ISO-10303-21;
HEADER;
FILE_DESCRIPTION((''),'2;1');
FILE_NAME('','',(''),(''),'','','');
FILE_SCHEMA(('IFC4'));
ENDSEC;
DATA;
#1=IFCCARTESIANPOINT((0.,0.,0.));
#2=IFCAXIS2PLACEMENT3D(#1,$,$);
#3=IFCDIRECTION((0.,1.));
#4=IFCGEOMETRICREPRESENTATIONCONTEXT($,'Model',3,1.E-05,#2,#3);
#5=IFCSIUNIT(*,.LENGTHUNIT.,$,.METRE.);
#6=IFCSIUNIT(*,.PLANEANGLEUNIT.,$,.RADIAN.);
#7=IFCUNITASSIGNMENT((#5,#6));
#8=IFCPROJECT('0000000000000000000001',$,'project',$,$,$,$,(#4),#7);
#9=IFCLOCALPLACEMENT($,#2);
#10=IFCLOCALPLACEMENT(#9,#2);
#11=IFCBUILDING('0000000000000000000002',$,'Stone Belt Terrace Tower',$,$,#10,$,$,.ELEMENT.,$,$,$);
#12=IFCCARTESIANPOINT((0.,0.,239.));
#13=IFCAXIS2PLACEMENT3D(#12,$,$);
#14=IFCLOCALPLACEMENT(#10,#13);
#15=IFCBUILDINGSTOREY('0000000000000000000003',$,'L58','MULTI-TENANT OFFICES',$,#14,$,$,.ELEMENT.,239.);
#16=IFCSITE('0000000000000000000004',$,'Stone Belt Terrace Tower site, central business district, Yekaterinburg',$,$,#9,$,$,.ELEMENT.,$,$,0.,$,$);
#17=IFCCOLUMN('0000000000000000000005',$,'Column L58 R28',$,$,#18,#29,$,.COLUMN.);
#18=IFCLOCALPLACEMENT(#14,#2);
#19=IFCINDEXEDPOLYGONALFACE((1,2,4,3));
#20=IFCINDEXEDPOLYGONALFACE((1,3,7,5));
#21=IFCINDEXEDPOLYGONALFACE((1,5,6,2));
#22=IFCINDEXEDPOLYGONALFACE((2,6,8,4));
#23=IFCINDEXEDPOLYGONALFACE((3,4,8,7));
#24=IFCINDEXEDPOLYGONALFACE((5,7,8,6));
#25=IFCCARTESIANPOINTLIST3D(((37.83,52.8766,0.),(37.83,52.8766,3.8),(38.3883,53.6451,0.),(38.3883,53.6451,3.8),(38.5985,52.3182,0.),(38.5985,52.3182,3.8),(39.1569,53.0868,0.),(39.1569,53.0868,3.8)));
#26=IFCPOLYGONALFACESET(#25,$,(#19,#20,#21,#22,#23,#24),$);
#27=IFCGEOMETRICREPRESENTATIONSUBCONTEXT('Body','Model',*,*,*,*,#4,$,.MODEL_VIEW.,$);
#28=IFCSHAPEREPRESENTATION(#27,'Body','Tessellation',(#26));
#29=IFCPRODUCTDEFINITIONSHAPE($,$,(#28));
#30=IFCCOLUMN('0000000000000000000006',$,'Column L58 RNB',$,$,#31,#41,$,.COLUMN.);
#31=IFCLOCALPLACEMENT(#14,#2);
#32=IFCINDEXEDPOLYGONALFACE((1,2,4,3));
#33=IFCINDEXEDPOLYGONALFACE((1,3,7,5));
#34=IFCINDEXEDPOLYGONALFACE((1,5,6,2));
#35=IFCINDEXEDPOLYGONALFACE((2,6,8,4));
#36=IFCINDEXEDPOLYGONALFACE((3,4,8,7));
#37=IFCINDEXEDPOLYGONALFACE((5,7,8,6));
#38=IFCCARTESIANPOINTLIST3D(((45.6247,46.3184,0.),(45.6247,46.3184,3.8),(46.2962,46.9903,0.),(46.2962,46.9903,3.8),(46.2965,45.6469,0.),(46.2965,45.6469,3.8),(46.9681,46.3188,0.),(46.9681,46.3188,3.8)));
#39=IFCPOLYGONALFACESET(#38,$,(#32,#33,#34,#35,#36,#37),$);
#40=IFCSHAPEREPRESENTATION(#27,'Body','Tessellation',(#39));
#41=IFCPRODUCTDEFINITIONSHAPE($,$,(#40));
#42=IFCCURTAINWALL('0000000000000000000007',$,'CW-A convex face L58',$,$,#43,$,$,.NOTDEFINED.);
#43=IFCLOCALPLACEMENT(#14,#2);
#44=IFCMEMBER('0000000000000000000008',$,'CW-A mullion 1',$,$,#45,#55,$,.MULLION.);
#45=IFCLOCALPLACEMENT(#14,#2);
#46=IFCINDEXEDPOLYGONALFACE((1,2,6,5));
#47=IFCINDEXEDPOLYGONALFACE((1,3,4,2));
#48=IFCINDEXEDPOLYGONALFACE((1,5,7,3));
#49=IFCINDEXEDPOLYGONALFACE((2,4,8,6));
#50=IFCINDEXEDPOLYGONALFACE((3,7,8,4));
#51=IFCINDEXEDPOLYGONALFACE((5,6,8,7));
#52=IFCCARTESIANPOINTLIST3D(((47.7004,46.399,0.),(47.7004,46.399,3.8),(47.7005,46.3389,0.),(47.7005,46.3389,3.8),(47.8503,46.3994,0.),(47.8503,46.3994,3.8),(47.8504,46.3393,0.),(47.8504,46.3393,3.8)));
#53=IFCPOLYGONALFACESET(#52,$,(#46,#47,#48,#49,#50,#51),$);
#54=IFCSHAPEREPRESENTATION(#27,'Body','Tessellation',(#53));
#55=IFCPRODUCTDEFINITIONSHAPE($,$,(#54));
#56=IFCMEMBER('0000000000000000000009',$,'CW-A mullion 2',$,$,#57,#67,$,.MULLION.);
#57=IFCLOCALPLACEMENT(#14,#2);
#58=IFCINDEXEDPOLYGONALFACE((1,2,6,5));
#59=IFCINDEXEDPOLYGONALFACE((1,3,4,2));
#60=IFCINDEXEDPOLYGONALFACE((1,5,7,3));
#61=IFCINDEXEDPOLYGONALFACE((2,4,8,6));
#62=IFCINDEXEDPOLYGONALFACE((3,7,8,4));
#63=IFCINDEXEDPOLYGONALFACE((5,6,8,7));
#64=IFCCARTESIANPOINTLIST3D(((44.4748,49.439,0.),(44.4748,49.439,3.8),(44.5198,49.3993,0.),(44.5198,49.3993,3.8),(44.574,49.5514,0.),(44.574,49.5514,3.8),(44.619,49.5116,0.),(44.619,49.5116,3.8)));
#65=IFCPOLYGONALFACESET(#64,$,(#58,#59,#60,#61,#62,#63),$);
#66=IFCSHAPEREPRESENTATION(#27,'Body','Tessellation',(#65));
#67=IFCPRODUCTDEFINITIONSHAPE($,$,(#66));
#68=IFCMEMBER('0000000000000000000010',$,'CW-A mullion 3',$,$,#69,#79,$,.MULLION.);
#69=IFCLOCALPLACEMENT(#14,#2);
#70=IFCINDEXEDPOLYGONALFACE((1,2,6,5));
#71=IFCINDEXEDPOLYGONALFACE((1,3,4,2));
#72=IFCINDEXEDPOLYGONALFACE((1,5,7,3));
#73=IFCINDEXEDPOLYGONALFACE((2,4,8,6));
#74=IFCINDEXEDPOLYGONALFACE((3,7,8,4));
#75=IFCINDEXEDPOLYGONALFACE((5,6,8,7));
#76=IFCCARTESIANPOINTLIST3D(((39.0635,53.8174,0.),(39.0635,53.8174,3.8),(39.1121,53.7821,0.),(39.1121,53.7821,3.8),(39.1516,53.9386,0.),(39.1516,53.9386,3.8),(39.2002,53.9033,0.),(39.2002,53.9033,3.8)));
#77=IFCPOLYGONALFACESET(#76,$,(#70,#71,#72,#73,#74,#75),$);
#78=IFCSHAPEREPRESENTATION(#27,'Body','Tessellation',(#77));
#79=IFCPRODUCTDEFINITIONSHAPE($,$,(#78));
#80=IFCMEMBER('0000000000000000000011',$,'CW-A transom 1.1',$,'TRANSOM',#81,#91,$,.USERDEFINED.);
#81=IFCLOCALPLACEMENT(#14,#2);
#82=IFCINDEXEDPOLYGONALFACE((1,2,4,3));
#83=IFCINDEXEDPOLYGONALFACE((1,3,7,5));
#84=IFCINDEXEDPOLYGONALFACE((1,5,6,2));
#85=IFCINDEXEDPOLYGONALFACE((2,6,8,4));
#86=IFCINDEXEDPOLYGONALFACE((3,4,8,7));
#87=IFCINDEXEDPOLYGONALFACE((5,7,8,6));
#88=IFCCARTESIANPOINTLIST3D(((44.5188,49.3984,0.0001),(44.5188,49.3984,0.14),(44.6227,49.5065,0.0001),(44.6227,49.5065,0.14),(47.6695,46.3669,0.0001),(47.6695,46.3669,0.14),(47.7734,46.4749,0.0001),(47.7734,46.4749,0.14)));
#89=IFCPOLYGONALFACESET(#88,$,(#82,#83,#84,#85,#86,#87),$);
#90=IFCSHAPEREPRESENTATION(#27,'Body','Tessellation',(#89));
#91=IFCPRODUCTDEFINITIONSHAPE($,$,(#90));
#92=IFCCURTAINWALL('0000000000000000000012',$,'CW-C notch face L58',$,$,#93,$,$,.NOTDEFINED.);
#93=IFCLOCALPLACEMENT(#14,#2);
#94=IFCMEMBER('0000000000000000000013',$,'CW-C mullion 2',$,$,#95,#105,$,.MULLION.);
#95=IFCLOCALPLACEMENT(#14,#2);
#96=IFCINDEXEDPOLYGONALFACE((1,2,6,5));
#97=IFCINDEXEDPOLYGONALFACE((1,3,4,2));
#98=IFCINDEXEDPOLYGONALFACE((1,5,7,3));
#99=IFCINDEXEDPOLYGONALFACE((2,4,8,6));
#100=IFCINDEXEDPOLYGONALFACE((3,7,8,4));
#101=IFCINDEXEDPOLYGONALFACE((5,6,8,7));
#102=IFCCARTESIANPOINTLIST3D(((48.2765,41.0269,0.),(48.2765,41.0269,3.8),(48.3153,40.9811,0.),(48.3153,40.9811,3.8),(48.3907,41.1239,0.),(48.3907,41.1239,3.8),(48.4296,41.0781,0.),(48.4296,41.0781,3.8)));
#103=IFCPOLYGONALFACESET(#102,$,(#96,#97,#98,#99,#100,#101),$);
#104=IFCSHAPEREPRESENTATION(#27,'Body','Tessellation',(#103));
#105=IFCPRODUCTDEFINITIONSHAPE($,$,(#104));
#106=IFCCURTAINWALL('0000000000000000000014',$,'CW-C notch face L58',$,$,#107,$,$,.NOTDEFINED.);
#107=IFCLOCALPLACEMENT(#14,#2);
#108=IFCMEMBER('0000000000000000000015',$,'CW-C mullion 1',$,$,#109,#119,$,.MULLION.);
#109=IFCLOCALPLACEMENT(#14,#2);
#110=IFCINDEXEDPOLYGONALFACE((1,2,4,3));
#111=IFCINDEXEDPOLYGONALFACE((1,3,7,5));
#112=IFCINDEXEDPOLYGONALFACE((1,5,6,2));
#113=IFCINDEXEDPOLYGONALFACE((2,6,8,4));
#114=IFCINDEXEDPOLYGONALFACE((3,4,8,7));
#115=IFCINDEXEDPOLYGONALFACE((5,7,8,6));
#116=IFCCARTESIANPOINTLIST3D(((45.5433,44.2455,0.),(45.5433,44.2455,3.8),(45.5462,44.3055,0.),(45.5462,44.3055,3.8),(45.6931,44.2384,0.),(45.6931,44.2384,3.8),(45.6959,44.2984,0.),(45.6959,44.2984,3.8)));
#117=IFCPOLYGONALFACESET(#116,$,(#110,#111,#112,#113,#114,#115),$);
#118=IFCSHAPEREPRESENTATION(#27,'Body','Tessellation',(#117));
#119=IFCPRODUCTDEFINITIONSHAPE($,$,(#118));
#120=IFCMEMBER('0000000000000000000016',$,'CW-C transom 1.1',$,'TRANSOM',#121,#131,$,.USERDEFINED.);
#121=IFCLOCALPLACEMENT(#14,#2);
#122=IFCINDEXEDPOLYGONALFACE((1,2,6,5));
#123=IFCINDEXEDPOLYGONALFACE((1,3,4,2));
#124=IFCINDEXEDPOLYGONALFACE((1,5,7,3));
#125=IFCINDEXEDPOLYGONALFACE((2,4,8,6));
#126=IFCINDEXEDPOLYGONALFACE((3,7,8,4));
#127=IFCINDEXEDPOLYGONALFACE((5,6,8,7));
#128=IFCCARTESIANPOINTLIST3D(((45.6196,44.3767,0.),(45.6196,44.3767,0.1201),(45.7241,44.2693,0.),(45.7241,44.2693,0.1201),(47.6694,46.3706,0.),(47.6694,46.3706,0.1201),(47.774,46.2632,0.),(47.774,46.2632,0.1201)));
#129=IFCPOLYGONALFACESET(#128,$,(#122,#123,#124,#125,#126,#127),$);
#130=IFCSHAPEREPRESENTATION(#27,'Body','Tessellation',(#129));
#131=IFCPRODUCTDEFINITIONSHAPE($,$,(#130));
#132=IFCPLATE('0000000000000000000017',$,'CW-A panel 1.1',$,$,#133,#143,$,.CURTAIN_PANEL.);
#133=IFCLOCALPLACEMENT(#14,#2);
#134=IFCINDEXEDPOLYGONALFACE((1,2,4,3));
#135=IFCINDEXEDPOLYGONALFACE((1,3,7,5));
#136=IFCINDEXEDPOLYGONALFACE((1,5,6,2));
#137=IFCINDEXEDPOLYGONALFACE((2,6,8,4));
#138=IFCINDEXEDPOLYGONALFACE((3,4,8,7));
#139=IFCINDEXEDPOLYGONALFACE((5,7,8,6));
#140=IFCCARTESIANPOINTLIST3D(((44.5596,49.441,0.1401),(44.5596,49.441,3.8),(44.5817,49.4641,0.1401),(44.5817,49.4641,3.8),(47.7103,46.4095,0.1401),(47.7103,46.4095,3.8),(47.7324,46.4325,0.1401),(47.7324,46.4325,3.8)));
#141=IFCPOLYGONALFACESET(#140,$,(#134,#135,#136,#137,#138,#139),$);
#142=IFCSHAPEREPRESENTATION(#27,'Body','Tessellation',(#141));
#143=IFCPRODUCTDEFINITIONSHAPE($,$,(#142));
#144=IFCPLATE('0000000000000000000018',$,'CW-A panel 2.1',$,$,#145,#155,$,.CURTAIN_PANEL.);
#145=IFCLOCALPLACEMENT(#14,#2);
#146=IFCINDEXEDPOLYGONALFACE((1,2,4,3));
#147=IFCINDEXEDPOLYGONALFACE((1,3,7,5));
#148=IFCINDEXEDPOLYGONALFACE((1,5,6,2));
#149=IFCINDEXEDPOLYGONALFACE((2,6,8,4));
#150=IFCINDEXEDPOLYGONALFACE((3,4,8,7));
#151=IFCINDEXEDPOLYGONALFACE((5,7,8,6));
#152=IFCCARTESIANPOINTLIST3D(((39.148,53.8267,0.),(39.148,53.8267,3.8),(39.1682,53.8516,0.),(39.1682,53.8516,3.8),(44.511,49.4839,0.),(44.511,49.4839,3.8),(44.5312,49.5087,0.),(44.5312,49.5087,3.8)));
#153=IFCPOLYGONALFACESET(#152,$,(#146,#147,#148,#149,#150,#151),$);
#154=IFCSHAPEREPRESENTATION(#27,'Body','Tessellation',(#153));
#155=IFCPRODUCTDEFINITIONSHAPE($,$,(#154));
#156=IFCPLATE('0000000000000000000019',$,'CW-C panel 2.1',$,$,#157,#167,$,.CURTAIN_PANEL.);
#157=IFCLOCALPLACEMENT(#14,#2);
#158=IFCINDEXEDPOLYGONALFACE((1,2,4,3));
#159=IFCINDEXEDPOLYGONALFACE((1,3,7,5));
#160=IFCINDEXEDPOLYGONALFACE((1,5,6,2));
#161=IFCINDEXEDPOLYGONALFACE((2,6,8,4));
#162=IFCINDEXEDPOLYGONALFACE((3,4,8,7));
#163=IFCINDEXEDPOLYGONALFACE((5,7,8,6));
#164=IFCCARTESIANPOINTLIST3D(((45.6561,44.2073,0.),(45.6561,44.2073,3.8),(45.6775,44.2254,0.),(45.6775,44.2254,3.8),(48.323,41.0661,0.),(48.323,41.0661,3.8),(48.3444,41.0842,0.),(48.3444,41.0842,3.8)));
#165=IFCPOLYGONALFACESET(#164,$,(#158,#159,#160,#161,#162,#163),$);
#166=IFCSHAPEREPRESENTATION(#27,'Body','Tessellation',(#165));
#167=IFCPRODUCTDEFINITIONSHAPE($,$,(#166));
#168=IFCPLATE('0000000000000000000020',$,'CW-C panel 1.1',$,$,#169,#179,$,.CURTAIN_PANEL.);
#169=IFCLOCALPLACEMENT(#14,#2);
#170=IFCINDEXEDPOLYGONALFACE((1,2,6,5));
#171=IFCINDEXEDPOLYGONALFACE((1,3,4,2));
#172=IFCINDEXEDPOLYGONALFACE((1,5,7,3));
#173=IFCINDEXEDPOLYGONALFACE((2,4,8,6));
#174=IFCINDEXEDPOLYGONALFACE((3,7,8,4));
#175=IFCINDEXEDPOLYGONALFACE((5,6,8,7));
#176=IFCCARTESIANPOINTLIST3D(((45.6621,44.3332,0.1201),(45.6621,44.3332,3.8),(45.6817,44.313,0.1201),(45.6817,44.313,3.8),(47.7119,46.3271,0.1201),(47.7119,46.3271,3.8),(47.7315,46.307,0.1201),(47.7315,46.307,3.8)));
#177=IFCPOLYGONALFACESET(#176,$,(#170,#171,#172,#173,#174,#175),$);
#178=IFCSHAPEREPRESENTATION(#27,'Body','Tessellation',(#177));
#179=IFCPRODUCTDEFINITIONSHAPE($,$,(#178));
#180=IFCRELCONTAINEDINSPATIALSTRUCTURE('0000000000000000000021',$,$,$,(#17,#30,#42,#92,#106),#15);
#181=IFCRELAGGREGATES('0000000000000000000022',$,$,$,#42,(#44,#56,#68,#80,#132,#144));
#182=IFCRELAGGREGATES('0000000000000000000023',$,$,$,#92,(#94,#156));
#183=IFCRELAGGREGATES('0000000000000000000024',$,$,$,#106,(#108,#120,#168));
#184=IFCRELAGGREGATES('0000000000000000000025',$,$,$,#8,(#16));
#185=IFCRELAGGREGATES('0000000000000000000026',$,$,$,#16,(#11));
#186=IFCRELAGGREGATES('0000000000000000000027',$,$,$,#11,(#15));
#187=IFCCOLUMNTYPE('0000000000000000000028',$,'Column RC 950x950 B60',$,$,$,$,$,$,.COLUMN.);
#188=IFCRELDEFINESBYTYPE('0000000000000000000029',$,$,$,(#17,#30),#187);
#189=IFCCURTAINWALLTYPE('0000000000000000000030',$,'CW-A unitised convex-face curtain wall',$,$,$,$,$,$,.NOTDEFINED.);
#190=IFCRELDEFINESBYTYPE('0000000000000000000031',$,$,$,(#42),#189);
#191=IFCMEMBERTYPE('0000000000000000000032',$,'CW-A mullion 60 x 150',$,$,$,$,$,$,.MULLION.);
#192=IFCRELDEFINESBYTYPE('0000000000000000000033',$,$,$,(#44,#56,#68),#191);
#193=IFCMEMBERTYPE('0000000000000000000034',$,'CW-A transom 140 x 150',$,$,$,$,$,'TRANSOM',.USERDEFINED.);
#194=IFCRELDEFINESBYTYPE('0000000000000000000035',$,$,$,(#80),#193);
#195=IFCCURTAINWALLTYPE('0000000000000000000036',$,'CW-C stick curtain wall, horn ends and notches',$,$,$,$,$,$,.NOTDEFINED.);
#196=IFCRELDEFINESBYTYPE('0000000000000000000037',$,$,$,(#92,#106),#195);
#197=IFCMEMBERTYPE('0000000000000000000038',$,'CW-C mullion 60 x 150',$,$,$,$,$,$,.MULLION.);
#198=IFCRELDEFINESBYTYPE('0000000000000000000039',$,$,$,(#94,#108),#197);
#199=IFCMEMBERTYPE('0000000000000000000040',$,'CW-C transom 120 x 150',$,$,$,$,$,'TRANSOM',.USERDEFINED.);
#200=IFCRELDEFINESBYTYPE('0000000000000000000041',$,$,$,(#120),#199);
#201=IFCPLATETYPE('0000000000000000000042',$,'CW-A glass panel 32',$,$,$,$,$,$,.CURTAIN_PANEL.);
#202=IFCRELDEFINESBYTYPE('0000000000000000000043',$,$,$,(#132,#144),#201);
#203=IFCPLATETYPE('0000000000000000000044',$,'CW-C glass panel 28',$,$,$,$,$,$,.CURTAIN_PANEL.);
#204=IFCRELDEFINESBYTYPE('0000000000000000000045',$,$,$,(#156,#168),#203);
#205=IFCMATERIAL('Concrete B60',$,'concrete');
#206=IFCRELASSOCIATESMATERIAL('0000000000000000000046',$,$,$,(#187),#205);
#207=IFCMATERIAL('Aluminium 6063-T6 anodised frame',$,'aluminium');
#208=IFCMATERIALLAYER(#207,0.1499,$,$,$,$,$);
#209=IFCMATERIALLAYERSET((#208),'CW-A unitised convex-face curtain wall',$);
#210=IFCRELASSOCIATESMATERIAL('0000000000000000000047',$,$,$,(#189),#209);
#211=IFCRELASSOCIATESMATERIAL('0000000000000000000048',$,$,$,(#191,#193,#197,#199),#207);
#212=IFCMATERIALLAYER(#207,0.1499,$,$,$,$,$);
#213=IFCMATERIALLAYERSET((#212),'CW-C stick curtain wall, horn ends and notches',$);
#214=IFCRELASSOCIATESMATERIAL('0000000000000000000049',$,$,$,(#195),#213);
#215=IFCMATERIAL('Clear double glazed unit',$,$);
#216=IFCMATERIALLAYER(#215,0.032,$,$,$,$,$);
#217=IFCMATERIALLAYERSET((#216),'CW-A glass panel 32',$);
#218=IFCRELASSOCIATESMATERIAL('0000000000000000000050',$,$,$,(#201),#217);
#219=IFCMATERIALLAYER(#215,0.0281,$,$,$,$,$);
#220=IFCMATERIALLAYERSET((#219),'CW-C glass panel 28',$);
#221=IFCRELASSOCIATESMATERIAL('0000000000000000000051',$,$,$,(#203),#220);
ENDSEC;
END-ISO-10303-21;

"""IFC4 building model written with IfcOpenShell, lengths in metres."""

from ifc_helpers import new_model, si_unit, direction, frame, origin, origin_2d, place, context, subcontext, project, spatial, rectangle, extrude, material, layer, layer_set, material_profile, profile_set, type_object, element, aggregate, save


model = new_model("IFC4")

# Units and contexts
model_context = context("Model", 3, precision=1e-05, world=origin(), true_north=direction((0.0, 1.0)))
body_context = subcontext(model_context, "Body", "Model", "MODEL_VIEW")
ifc_project = project(units=[si_unit("LENGTHUNIT", "METRE"), si_unit("PLANEANGLEUNIT", "RADIAN")], contexts=[model_context])

# Site, building, storey
site_placement = place(None, origin())
site = spatial("IfcSite", under=ifc_project, at=site_placement, Name="Stone Belt Terrace Tower site, central business district, Yekaterinburg", CompositionType="ELEMENT", RefElevation=0.0)
building_placement = place(site_placement, origin())
building = spatial("IfcBuilding", under=site, at=building_placement, Name="Stone Belt Terrace Tower", CompositionType="ELEMENT")
storey_placement = place(building_placement, frame((0.0, 0.0, 239.0)))
storey = spatial("IfcBuildingStorey", under=building, at=storey_placement, Name="L58", Description="MULTI-TENANT OFFICES", CompositionType="ELEMENT", Elevation=239.0)

# Columns
ifc_material_1 = material(Name="Concrete B60", Category="concrete")
ifc_material_profile_1 = material_profile(ifc_material_1, rectangle(XDim=0.95, YDim=0.95, at=origin_2d()), Name="RC 950x950")
ifc_profile_set_1 = profile_set([ifc_material_profile_1], Name="Concrete B60")
column_type = type_object("IfcColumnType", Name="Column RC 950x950 B60", PredefinedType="COLUMN", material=ifc_profile_set_1)
for number, where, z_axis, x_axis, name in (
    (1, (38.4934, 52.9817, 0.0), (0.0, 0.0, 1.0), (0.809017, -0.587785, 0.0), "Column L58 R28"),
    (2, (46.2964, 46.3186, 0.0), (0.0, 0.0, 1.0), (0.707276, -0.706938, 0.0), "Column L58 RNB"),
):
    element("IfcColumn", number, at=place(storey_placement, frame(where, z_axis=z_axis, x_axis=x_axis)), inside=storey, type_object=column_type, Name=name, PredefinedType="COLUMN", context=body_context, shape_type="SweptSolid", body=[
        extrude(rectangle(XDim=0.95, YDim=0.95, at=origin_2d()), origin(), (0.0, 0.0, 1.0), 3.8),
    ])

# Curtain wall, members
ifc_material_2 = material(Name="Aluminium 6063-T6 anodised frame", Category="aluminium")
ifc_layer_1 = layer(ifc_material_2, 0.1499)
ifc_layer_set_1 = layer_set([ifc_layer_1], Name="CW-A unitised convex-face curtain wall")
curtain_wall_type_1 = type_object("IfcCurtainWallType", Name="CW-A unitised convex-face curtain wall", PredefinedType="NOTDEFINED", material=ifc_layer_set_1)
curtain_wall_1_placement = place(storey_placement, origin())
curtain_wall_1 = element("IfcCurtainWall", 3, at=curtain_wall_1_placement, inside=storey, type_object=curtain_wall_type_1, Name="CW-A convex face L58", PredefinedType="NOTDEFINED")
ifc_material_profile_2 = material_profile(ifc_material_2, rectangle(XDim=0.1499, YDim=0.0601, at=origin_2d()), Name="Aluminium 6063-T6 60x150")
ifc_profile_set_2 = profile_set([ifc_material_profile_2], Name="Aluminium 6063-T6 anodised frame")
member_type_1 = type_object("IfcMemberType", Name="CW-A mullion 60 x 150", PredefinedType="MULLION", material=ifc_profile_set_2)
member_1_placement = place(storey_placement, frame((47.7754, 46.3691, 0.0), z_axis=(0.0, 0.0, 1.0), x_axis=(-0.999996, -0.002733, 0.0)))
member_1 = element("IfcMember", 4, at=member_1_placement, type_object=member_type_1, Name="CW-A mullion 1", PredefinedType="MULLION", context=body_context, shape_type="SweptSolid", body=[
    extrude(rectangle(XDim=0.1499, YDim=0.0601, at=origin_2d()), origin(), (0.0, 0.0, 1.0), 3.8),
])
member_2_placement = place(storey_placement, frame((44.5469, 49.4753, 0.0), z_axis=(0.0, 0.0, 1.0), x_axis=(-0.661937, -0.749559, 0.0)))
member_2 = element("IfcMember", 5, at=member_2_placement, type_object=member_type_1, Name="CW-A mullion 2", PredefinedType="MULLION", context=body_context, shape_type="SweptSolid", body=[
    extrude(rectangle(XDim=0.1499, YDim=0.0601, at=origin_2d()), origin(), (0.0, 0.0, 1.0), 3.8),
])
member_3_placement = place(storey_placement, frame((39.1318, 53.8604, 0.0), z_axis=(0.0, 0.0, 1.0), x_axis=(-0.587785, -0.809017, 0.0)))
member_3 = element("IfcMember", 6, at=member_3_placement, type_object=member_type_1, Name="CW-A mullion 3", PredefinedType="MULLION", context=body_context, shape_type="SweptSolid", body=[
    extrude(rectangle(XDim=0.1499, YDim=0.0601, at=origin_2d()), origin(), (0.0, 0.0, 1.0), 3.8),
])
ifc_material_profile_3 = material_profile(ifc_material_2, rectangle(XDim=0.1499, YDim=0.1399, at=origin_2d()), Name="Aluminium 6063-T6 150x140")
ifc_profile_set_3 = profile_set([ifc_material_profile_3], Name="Aluminium 6063-T6 anodised frame")
member_type_2 = type_object("IfcMemberType", Name="CW-A transom 140 x 150", ElementType="TRANSOM", PredefinedType="USERDEFINED", material=ifc_profile_set_3)
member_4_placement = place(storey_placement, frame((47.7214, 46.4209, 0.0701), z_axis=(-0.7206, 0.693351, 0.0), x_axis=(-0.693351, -0.7206, 0.0)))
member_4 = element("IfcMember", 7, at=member_4_placement, type_object=member_type_2, Name="CW-A transom 1.1", ObjectType="TRANSOM", PredefinedType="USERDEFINED", context=body_context, shape_type="SweptSolid", body=[
    extrude(rectangle(XDim=0.1499, YDim=0.1399, at=origin_2d()), origin(), (0.0, 0.0, 1.0), 4.3723),
])

# Curtain wall, member
ifc_layer_2 = layer(ifc_material_2, 0.1499)
ifc_layer_set_2 = layer_set([ifc_layer_2], Name="CW-C stick curtain wall, horn ends and notches")
curtain_wall_type_2 = type_object("IfcCurtainWallType", Name="CW-C stick curtain wall, horn ends and notches", PredefinedType="NOTDEFINED", material=ifc_layer_set_2)
curtain_wall_2_placement = place(storey_placement, origin())
curtain_wall_2 = element("IfcCurtainWall", 8, at=curtain_wall_2_placement, inside=storey, type_object=curtain_wall_type_2, Name="CW-C notch face L58", PredefinedType="NOTDEFINED")
ifc_material_profile_4 = material_profile(ifc_material_2, rectangle(XDim=0.1499, YDim=0.0601, at=origin_2d()), Name="Aluminium 6063-T6 60x150")
ifc_profile_set_4 = profile_set([ifc_material_profile_4], Name="Aluminium 6063-T6 anodised frame")
member_type_3 = type_object("IfcMemberType", Name="CW-C mullion 60 x 150", PredefinedType="MULLION", material=ifc_profile_set_4)
member_5_placement = place(storey_placement, frame((48.353, 41.0525, 0.0), z_axis=(0.0, 0.0, 1.0), x_axis=(-0.762311, -0.647211, 0.0)))
member_5 = element("IfcMember", 9, at=member_5_placement, type_object=member_type_3, Name="CW-C mullion 2", PredefinedType="MULLION", context=body_context, shape_type="SweptSolid", body=[
    extrude(rectangle(XDim=0.1499, YDim=0.0601, at=origin_2d()), origin(), (0.0, 0.0, 1.0), 3.8),
])

# Curtain wall, members
curtain_wall_3_placement = place(storey_placement, origin())
curtain_wall_3 = element("IfcCurtainWall", 10, at=curtain_wall_3_placement, inside=storey, type_object=curtain_wall_type_2, Name="CW-C notch face L58", PredefinedType="NOTDEFINED")
member_6_placement = place(storey_placement, frame((45.6196, 44.272, 0.0), z_axis=(0.0, 0.0, 1.0), x_axis=(-0.998865, 0.047626, 0.0)))
member_6 = element("IfcMember", 11, at=member_6_placement, type_object=member_type_3, Name="CW-C mullion 1", PredefinedType="MULLION", context=body_context, shape_type="SweptSolid", body=[
    extrude(rectangle(XDim=0.1499, YDim=0.0601, at=origin_2d()), origin(), (0.0, 0.0, 1.0), 3.8),
])
ifc_material_profile_5 = material_profile(ifc_material_2, rectangle(XDim=0.1499, YDim=0.1201, at=origin_2d()), Name="Aluminium 6063-T6 150x120")
ifc_profile_set_5 = profile_set([ifc_material_profile_5], Name="Aluminium 6063-T6 anodised frame")
member_type_4 = type_object("IfcMemberType", Name="CW-C transom 120 x 150", ElementType="TRANSOM", PredefinedType="USERDEFINED", material=ifc_profile_set_5)
member_7_placement = place(storey_placement, frame((45.6719, 44.323, 0.0601), z_axis=(0.716815, 0.697264, 0.0), x_axis=(-0.697264, 0.716815, 0.0)))
member_7 = element("IfcMember", 12, at=member_7_placement, type_object=member_type_4, Name="CW-C transom 1.1", ObjectType="TRANSOM", PredefinedType="USERDEFINED", context=body_context, shape_type="SweptSolid", body=[
    extrude(rectangle(XDim=0.1499, YDim=0.1201, at=origin_2d()), origin(), (0.0, 0.0, 1.0), 2.8596),
])

# Plates
ifc_material_3 = material(Name="Clear double glazed unit")
ifc_layer_3 = layer(ifc_material_3, 0.032)
ifc_layer_set_3 = layer_set([ifc_layer_3], Name="CW-A glass panel 32")
plate_type_1 = type_object("IfcPlateType", Name="CW-A glass panel 32", PredefinedType="CURTAIN_PANEL", material=ifc_layer_set_3)
plate_1_placement = place(storey_placement, frame((46.146, 47.9368, 0.1401), z_axis=(0.0, 0.0, 1.0), x_axis=(-0.720604, 0.693346, 0.0)))
plate_1 = element("IfcPlate", 13, at=plate_1_placement, type_object=plate_type_1, Name="CW-A panel 1.1", PredefinedType="CURTAIN_PANEL", context=body_context, shape_type="SweptSolid", body=[
    extrude(rectangle(XDim=4.3723, YDim=0.032, at=origin_2d()), origin(), (0.0, 0.0, 1.0), 3.6599),
])
plate_2_placement = place(storey_placement, frame((41.8396, 51.6677, 0.0), z_axis=(0.0, 0.0, 1.0), x_axis=(-0.777146, 0.62932, 0.0)))
plate_2 = element("IfcPlate", 14, at=plate_2_placement, type_object=plate_type_1, Name="CW-A panel 2.1", PredefinedType="CURTAIN_PANEL", context=body_context, shape_type="SweptSolid", body=[
    extrude(rectangle(XDim=6.9009, YDim=0.032, at=origin_2d()), origin(), (0.0, 0.0, 1.0), 3.8),
])
aggregate(curtain_wall_1, [member_1, member_2, member_3, member_4, plate_1, plate_2])
ifc_layer_4 = layer(ifc_material_3, 0.0281)
ifc_layer_set_4 = layer_set([ifc_layer_4], Name="CW-C glass panel 28")
plate_type_2 = type_object("IfcPlateType", Name="CW-C glass panel 28", PredefinedType="CURTAIN_PANEL", material=ifc_layer_set_4)
plate_3_placement = place(storey_placement, frame((47.0002, 42.6458, 0.0), z_axis=(0.0, 0.0, 1.0), x_axis=(-0.647211, 0.762311, 0.0)))
plate_3 = element("IfcPlate", 15, at=plate_3_placement, type_object=plate_type_2, Name="CW-C panel 2.1", PredefinedType="CURTAIN_PANEL", context=body_context, shape_type="SweptSolid", body=[
    extrude(rectangle(XDim=4.1206, YDim=0.0281, at=origin_2d()), origin(), (0.0, 0.0, 1.0), 3.8),
])
aggregate(curtain_wall_2, [member_5, plate_3])
plate_4_placement = place(storey_placement, frame((46.6968, 45.3201, 0.1201), z_axis=(0.0, 0.0, 1.0), x_axis=(0.716803, 0.697275, 0.0)))
plate_4 = element("IfcPlate", 16, at=plate_4_placement, type_object=plate_type_2, Name="CW-C panel 1.1", PredefinedType="CURTAIN_PANEL", context=body_context, shape_type="SweptSolid", body=[
    extrude(rectangle(XDim=2.8596, YDim=0.0281, at=origin_2d()), origin(), (0.0, 0.0, 1.0), 3.6799),
])
aggregate(curtain_wall_3, [member_6, member_7, plate_4])

save(model, "model.ifc")
